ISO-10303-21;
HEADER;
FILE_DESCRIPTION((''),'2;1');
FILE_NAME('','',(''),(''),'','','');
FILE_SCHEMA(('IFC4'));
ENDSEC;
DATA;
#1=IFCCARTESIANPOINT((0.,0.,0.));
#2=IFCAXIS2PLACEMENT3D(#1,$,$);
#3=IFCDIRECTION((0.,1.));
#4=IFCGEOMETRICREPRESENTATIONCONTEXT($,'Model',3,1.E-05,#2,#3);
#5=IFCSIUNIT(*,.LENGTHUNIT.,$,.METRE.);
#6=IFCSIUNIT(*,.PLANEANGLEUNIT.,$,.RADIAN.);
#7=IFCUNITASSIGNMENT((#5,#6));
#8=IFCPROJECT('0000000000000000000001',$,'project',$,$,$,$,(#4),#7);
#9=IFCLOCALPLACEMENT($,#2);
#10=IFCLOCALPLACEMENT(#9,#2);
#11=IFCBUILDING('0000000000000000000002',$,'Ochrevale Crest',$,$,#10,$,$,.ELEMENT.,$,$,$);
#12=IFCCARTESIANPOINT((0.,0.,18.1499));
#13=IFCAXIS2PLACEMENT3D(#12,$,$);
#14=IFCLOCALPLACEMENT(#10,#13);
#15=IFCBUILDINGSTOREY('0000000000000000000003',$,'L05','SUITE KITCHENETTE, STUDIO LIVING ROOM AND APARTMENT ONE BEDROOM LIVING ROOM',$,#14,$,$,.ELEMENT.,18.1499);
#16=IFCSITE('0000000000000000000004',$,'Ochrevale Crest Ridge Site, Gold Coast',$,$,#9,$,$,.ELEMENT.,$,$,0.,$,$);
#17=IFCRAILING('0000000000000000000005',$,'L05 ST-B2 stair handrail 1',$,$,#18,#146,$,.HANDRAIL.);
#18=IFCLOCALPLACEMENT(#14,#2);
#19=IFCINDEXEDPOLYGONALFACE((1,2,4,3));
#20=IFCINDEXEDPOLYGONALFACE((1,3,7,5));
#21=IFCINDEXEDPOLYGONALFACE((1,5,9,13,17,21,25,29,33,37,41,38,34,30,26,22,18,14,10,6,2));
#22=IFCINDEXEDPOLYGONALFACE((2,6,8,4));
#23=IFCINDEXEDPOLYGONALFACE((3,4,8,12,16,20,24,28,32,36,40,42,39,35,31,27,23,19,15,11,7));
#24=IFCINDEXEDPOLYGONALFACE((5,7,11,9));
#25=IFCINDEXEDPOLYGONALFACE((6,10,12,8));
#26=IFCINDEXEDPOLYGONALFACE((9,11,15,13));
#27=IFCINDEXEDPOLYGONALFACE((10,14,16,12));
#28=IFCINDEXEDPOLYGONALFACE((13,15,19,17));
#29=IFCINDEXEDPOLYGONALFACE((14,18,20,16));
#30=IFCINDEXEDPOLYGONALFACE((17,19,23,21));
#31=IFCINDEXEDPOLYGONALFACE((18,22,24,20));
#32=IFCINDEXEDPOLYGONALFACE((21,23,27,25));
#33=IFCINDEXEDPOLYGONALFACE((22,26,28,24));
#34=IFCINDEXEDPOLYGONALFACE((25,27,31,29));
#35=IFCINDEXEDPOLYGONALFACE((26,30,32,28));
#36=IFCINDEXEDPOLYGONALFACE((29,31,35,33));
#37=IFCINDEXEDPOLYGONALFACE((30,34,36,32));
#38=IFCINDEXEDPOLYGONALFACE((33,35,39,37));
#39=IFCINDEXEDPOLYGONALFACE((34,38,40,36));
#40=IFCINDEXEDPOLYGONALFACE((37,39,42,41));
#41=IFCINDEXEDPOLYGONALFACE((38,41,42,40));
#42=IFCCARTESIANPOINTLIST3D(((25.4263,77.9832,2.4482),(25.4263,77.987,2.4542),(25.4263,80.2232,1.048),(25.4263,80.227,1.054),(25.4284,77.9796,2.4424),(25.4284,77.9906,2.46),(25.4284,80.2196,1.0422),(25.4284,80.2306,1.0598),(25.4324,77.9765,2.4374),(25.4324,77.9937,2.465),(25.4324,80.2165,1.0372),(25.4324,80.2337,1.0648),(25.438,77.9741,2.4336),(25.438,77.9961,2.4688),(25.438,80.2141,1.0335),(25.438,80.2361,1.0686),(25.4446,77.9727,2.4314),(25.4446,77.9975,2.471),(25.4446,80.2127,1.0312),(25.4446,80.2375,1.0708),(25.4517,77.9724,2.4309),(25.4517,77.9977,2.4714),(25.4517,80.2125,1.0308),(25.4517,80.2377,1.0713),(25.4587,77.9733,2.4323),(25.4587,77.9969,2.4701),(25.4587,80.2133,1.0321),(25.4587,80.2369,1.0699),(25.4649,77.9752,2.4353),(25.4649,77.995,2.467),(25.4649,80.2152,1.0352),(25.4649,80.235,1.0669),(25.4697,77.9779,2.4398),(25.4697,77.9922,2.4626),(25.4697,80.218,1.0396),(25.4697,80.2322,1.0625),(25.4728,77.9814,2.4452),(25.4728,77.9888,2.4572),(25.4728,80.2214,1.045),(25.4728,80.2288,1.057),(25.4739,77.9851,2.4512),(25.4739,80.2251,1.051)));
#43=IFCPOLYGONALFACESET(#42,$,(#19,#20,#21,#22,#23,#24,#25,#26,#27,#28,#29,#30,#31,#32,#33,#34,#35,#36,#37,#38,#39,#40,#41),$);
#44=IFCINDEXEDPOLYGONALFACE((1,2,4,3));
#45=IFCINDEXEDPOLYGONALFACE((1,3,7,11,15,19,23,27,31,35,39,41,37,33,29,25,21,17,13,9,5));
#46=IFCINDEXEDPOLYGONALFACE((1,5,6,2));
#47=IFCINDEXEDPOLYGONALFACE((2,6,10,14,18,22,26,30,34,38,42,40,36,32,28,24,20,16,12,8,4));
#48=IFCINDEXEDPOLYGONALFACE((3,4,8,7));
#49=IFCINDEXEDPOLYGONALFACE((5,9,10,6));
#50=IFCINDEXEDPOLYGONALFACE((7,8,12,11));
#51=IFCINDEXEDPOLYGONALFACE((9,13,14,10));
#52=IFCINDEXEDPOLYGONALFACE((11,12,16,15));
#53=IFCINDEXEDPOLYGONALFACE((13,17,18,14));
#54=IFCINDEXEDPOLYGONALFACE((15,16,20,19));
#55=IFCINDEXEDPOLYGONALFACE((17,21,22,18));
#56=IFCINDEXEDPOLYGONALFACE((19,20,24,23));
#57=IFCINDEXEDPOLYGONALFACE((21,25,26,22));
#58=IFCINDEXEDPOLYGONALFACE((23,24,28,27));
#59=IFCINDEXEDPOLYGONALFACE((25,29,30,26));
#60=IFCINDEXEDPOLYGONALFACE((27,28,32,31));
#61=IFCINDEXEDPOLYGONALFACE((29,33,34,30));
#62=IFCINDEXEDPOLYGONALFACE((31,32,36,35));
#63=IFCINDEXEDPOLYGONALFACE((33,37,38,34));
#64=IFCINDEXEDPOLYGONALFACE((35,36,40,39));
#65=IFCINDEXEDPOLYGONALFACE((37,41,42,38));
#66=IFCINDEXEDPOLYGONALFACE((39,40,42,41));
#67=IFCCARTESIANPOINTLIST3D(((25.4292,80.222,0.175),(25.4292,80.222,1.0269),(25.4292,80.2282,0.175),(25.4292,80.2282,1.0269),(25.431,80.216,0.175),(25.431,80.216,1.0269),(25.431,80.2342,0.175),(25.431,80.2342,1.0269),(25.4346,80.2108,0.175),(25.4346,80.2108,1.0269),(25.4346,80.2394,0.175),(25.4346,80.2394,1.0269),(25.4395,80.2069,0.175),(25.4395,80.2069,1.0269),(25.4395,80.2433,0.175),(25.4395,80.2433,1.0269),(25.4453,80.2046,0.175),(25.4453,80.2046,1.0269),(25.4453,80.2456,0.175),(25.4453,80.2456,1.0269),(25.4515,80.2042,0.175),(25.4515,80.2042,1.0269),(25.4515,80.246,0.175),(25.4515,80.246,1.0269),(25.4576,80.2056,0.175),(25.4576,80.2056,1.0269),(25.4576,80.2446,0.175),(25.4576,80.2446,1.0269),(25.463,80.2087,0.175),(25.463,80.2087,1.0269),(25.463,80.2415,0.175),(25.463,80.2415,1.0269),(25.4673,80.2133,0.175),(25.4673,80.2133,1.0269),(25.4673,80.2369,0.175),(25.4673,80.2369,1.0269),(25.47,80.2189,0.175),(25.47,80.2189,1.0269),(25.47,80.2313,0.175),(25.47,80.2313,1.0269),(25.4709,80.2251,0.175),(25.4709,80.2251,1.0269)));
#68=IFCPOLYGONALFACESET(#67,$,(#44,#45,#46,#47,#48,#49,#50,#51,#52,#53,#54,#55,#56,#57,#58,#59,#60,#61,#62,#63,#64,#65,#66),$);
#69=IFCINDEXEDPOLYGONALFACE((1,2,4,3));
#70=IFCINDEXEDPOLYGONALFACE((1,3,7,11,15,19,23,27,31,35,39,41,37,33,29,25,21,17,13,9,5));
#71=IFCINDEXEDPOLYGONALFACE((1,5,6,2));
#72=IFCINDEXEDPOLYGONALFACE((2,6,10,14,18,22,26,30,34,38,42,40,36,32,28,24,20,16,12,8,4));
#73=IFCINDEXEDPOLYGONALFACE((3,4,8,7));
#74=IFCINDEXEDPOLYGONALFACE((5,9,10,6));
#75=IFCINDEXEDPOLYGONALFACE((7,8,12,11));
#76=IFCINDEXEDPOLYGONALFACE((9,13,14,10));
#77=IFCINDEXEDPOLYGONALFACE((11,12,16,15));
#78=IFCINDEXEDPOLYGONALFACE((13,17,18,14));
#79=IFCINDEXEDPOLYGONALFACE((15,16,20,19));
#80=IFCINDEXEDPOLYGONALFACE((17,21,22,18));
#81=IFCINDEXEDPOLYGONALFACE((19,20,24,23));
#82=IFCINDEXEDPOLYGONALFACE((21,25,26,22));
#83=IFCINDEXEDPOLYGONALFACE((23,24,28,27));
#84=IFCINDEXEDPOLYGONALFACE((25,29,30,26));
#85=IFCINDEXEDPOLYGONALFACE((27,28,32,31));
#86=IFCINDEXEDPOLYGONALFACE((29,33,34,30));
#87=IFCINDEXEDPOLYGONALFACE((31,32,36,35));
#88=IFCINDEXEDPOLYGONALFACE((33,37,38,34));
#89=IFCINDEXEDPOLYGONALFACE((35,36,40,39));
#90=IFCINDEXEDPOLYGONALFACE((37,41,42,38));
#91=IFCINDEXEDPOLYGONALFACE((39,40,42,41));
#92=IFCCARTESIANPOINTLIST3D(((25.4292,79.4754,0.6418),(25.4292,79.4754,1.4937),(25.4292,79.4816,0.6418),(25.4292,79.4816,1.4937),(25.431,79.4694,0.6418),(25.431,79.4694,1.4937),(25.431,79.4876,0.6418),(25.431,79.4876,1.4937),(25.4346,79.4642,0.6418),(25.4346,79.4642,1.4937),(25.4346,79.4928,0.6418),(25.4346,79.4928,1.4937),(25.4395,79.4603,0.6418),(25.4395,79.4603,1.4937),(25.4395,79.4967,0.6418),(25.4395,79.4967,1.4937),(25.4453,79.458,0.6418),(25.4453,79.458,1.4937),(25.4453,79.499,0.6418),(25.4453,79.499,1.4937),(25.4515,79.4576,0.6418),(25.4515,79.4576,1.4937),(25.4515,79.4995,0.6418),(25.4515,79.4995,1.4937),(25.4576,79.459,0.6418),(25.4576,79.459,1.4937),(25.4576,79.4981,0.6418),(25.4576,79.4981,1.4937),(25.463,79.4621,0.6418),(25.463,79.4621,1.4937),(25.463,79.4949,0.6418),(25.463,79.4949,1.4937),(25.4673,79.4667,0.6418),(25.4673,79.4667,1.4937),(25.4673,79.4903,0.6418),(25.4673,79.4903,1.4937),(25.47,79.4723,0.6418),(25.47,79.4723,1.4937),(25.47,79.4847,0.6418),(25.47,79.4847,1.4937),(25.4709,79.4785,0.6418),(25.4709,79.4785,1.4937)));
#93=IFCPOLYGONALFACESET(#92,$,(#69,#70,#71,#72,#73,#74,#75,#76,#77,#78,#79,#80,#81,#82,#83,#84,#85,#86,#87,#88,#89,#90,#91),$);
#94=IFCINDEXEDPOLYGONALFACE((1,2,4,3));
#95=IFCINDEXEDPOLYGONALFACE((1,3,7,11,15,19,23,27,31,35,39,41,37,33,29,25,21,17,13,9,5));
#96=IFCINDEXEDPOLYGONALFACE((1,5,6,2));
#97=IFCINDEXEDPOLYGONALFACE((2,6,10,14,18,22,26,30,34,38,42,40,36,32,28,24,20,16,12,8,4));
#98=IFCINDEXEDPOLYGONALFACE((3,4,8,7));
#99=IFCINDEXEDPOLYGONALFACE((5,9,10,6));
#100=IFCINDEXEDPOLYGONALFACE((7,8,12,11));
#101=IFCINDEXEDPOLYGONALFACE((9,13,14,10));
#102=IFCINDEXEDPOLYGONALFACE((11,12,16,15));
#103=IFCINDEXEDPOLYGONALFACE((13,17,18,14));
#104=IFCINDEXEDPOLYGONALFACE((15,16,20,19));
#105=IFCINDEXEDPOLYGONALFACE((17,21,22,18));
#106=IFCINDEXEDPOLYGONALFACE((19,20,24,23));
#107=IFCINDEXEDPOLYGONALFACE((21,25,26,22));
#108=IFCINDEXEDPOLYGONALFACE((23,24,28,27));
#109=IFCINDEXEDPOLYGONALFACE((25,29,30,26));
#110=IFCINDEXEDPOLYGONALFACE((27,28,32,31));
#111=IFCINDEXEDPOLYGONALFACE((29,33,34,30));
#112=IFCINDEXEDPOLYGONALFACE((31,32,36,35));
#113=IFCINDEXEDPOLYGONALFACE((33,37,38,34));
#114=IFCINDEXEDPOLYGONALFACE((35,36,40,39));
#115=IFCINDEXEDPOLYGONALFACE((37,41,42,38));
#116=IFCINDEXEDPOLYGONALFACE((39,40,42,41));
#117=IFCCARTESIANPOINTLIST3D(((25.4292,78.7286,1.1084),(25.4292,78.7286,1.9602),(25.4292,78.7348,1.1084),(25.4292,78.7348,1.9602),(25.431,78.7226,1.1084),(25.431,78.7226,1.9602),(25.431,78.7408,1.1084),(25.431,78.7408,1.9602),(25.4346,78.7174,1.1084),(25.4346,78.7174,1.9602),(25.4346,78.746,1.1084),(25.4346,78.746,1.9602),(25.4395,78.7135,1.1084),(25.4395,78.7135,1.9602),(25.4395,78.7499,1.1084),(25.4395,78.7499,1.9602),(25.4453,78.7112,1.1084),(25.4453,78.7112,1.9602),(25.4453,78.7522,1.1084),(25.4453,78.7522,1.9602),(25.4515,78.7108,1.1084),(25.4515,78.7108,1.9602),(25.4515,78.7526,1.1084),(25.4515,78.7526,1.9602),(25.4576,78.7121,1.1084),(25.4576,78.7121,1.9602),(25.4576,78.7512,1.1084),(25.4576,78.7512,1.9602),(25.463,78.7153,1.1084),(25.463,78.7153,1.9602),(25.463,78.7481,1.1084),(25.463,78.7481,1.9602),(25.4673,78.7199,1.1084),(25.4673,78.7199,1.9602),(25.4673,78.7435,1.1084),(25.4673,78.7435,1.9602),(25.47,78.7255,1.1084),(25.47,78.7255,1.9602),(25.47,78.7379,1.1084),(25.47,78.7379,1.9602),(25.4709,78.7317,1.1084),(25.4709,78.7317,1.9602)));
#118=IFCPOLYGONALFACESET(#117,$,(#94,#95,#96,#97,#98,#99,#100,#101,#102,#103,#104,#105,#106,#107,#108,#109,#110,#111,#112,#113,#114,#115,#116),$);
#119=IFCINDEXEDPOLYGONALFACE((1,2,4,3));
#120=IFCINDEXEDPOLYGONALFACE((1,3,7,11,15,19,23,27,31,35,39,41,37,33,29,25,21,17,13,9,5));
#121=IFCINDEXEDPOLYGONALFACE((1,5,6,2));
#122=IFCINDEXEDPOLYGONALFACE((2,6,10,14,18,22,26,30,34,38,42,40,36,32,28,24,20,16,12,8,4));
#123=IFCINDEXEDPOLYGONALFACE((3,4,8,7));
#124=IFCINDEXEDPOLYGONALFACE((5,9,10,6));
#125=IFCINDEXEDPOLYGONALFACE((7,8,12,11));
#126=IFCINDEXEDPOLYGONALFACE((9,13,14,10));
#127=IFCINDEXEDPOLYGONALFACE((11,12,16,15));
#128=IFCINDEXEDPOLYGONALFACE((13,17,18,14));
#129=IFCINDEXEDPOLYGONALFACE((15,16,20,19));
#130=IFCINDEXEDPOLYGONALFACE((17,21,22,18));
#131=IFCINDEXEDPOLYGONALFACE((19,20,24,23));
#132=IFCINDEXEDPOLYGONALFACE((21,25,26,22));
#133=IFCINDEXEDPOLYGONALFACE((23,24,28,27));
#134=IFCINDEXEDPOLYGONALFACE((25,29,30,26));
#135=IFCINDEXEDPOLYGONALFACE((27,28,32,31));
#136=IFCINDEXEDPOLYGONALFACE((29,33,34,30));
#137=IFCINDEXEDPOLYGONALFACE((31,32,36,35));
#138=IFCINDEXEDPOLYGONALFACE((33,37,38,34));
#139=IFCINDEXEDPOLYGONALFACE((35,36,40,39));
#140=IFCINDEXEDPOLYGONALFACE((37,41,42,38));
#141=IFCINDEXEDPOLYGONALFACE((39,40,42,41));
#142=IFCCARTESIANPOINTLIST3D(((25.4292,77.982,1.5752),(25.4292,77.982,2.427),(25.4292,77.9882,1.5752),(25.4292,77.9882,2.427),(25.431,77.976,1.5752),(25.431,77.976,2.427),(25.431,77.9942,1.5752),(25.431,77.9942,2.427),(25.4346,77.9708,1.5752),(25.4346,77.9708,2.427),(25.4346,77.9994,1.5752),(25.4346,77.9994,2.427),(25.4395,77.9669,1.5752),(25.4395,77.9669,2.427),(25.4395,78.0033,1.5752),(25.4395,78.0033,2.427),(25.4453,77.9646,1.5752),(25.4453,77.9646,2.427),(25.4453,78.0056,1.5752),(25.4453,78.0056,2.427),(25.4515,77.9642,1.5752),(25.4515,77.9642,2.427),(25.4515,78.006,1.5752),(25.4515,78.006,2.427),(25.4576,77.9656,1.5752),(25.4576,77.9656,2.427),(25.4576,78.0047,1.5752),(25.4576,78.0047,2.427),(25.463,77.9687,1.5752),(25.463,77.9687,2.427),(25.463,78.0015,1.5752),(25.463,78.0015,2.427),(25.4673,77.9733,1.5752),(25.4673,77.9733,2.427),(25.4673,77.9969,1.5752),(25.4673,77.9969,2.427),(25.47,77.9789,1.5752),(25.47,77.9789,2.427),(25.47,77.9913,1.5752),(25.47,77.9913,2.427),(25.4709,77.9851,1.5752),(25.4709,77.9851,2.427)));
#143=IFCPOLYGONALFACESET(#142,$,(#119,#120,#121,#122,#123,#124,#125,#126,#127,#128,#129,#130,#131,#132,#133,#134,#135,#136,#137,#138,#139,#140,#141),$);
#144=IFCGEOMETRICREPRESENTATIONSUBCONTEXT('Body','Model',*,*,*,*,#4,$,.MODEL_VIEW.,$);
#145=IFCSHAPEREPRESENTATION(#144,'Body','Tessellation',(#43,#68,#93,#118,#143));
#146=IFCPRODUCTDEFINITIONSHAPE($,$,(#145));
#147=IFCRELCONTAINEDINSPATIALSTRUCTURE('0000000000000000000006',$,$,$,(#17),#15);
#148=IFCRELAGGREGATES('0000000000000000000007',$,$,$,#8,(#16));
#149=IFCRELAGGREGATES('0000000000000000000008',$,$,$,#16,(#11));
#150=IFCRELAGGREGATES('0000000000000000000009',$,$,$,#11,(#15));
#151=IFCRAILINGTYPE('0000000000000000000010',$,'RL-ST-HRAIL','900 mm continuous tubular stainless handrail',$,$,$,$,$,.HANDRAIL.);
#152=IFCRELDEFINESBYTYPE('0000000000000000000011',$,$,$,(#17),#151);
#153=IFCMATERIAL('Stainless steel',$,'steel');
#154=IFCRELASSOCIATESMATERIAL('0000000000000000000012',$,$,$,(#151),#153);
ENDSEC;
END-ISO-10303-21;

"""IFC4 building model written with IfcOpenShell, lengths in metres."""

from ifc_helpers import new_model, si_unit, direction, frame, origin, origin_2d, place, context, subcontext, project, spatial, circle, extrude, material, type_object, element, save


model = new_model("IFC4")

# Units and contexts
model_context = context("Model", 3, precision=1e-05, world=origin(), true_north=direction((0.0, 1.0)))
body_context = subcontext(model_context, "Body", "Model", "MODEL_VIEW")
ifc_project = project(units=[si_unit("LENGTHUNIT", "METRE"), si_unit("PLANEANGLEUNIT", "RADIAN")], contexts=[model_context])

# Site, building, storey
site_placement = place(None, origin())
site = spatial("IfcSite", under=ifc_project, at=site_placement, Name="Ochrevale Crest Ridge Site, Gold Coast", CompositionType="ELEMENT", RefElevation=0.0)
building_placement = place(site_placement, origin())
building = spatial("IfcBuilding", under=site, at=building_placement, Name="Ochrevale Crest", CompositionType="ELEMENT")
storey_placement = place(building_placement, frame((0.0, 0.0, 18.1499)))
storey = spatial("IfcBuildingStorey", under=building, at=storey_placement, Name="L05", Description="SUITE KITCHENETTE, STUDIO LIVING ROOM AND APARTMENT ONE BEDROOM LIVING ROOM", CompositionType="ELEMENT", Elevation=18.1499)

# Railing
ifc_material_1 = material(Name="Stainless steel", Category="steel")
railing_type_1 = type_object("IfcRailingType", Name="RL-ST-HRAIL", Description="900 mm continuous tubular stainless handrail", PredefinedType="HANDRAIL", material=ifc_material_1)
railing_1_placement = place(storey_placement, frame((25.45, 80.2251, 0.175)))
element("IfcRailing", 1, at=railing_1_placement, inside=storey, type_object=railing_type_1, Name="L05 ST-B2 stair handrail 1", PredefinedType="HANDRAIL", context=body_context, shape_type="SweptSolid", body=[
    extrude(circle(Radius=0.0239, at=origin_2d()), frame((0.0, 0.0, 0.876), z_axis=(0.0, -0.847972, 0.53004), x_axis=(1.0, 0.0, 0.0)), (0.0, 0.0, 1.0), 2.6416),
    extrude(circle(Radius=0.021, at=origin_2d()), origin(), (0.0, 0.0, 1.0), 0.8518),
    extrude(circle(Radius=0.021, at=origin_2d()), frame((0.0, -0.7466, 0.4668)), (0.0, 0.0, 1.0), 0.8518),
    extrude(circle(Radius=0.021, at=origin_2d()), frame((0.0, -1.4934, 0.9333)), (0.0, 0.0, 1.0), 0.8518),
    extrude(circle(Radius=0.021, at=origin_2d()), frame((0.0, -2.24, 1.4001)), (0.0, 0.0, 1.0), 0.8518),
])

save(model, "model.ifc")
